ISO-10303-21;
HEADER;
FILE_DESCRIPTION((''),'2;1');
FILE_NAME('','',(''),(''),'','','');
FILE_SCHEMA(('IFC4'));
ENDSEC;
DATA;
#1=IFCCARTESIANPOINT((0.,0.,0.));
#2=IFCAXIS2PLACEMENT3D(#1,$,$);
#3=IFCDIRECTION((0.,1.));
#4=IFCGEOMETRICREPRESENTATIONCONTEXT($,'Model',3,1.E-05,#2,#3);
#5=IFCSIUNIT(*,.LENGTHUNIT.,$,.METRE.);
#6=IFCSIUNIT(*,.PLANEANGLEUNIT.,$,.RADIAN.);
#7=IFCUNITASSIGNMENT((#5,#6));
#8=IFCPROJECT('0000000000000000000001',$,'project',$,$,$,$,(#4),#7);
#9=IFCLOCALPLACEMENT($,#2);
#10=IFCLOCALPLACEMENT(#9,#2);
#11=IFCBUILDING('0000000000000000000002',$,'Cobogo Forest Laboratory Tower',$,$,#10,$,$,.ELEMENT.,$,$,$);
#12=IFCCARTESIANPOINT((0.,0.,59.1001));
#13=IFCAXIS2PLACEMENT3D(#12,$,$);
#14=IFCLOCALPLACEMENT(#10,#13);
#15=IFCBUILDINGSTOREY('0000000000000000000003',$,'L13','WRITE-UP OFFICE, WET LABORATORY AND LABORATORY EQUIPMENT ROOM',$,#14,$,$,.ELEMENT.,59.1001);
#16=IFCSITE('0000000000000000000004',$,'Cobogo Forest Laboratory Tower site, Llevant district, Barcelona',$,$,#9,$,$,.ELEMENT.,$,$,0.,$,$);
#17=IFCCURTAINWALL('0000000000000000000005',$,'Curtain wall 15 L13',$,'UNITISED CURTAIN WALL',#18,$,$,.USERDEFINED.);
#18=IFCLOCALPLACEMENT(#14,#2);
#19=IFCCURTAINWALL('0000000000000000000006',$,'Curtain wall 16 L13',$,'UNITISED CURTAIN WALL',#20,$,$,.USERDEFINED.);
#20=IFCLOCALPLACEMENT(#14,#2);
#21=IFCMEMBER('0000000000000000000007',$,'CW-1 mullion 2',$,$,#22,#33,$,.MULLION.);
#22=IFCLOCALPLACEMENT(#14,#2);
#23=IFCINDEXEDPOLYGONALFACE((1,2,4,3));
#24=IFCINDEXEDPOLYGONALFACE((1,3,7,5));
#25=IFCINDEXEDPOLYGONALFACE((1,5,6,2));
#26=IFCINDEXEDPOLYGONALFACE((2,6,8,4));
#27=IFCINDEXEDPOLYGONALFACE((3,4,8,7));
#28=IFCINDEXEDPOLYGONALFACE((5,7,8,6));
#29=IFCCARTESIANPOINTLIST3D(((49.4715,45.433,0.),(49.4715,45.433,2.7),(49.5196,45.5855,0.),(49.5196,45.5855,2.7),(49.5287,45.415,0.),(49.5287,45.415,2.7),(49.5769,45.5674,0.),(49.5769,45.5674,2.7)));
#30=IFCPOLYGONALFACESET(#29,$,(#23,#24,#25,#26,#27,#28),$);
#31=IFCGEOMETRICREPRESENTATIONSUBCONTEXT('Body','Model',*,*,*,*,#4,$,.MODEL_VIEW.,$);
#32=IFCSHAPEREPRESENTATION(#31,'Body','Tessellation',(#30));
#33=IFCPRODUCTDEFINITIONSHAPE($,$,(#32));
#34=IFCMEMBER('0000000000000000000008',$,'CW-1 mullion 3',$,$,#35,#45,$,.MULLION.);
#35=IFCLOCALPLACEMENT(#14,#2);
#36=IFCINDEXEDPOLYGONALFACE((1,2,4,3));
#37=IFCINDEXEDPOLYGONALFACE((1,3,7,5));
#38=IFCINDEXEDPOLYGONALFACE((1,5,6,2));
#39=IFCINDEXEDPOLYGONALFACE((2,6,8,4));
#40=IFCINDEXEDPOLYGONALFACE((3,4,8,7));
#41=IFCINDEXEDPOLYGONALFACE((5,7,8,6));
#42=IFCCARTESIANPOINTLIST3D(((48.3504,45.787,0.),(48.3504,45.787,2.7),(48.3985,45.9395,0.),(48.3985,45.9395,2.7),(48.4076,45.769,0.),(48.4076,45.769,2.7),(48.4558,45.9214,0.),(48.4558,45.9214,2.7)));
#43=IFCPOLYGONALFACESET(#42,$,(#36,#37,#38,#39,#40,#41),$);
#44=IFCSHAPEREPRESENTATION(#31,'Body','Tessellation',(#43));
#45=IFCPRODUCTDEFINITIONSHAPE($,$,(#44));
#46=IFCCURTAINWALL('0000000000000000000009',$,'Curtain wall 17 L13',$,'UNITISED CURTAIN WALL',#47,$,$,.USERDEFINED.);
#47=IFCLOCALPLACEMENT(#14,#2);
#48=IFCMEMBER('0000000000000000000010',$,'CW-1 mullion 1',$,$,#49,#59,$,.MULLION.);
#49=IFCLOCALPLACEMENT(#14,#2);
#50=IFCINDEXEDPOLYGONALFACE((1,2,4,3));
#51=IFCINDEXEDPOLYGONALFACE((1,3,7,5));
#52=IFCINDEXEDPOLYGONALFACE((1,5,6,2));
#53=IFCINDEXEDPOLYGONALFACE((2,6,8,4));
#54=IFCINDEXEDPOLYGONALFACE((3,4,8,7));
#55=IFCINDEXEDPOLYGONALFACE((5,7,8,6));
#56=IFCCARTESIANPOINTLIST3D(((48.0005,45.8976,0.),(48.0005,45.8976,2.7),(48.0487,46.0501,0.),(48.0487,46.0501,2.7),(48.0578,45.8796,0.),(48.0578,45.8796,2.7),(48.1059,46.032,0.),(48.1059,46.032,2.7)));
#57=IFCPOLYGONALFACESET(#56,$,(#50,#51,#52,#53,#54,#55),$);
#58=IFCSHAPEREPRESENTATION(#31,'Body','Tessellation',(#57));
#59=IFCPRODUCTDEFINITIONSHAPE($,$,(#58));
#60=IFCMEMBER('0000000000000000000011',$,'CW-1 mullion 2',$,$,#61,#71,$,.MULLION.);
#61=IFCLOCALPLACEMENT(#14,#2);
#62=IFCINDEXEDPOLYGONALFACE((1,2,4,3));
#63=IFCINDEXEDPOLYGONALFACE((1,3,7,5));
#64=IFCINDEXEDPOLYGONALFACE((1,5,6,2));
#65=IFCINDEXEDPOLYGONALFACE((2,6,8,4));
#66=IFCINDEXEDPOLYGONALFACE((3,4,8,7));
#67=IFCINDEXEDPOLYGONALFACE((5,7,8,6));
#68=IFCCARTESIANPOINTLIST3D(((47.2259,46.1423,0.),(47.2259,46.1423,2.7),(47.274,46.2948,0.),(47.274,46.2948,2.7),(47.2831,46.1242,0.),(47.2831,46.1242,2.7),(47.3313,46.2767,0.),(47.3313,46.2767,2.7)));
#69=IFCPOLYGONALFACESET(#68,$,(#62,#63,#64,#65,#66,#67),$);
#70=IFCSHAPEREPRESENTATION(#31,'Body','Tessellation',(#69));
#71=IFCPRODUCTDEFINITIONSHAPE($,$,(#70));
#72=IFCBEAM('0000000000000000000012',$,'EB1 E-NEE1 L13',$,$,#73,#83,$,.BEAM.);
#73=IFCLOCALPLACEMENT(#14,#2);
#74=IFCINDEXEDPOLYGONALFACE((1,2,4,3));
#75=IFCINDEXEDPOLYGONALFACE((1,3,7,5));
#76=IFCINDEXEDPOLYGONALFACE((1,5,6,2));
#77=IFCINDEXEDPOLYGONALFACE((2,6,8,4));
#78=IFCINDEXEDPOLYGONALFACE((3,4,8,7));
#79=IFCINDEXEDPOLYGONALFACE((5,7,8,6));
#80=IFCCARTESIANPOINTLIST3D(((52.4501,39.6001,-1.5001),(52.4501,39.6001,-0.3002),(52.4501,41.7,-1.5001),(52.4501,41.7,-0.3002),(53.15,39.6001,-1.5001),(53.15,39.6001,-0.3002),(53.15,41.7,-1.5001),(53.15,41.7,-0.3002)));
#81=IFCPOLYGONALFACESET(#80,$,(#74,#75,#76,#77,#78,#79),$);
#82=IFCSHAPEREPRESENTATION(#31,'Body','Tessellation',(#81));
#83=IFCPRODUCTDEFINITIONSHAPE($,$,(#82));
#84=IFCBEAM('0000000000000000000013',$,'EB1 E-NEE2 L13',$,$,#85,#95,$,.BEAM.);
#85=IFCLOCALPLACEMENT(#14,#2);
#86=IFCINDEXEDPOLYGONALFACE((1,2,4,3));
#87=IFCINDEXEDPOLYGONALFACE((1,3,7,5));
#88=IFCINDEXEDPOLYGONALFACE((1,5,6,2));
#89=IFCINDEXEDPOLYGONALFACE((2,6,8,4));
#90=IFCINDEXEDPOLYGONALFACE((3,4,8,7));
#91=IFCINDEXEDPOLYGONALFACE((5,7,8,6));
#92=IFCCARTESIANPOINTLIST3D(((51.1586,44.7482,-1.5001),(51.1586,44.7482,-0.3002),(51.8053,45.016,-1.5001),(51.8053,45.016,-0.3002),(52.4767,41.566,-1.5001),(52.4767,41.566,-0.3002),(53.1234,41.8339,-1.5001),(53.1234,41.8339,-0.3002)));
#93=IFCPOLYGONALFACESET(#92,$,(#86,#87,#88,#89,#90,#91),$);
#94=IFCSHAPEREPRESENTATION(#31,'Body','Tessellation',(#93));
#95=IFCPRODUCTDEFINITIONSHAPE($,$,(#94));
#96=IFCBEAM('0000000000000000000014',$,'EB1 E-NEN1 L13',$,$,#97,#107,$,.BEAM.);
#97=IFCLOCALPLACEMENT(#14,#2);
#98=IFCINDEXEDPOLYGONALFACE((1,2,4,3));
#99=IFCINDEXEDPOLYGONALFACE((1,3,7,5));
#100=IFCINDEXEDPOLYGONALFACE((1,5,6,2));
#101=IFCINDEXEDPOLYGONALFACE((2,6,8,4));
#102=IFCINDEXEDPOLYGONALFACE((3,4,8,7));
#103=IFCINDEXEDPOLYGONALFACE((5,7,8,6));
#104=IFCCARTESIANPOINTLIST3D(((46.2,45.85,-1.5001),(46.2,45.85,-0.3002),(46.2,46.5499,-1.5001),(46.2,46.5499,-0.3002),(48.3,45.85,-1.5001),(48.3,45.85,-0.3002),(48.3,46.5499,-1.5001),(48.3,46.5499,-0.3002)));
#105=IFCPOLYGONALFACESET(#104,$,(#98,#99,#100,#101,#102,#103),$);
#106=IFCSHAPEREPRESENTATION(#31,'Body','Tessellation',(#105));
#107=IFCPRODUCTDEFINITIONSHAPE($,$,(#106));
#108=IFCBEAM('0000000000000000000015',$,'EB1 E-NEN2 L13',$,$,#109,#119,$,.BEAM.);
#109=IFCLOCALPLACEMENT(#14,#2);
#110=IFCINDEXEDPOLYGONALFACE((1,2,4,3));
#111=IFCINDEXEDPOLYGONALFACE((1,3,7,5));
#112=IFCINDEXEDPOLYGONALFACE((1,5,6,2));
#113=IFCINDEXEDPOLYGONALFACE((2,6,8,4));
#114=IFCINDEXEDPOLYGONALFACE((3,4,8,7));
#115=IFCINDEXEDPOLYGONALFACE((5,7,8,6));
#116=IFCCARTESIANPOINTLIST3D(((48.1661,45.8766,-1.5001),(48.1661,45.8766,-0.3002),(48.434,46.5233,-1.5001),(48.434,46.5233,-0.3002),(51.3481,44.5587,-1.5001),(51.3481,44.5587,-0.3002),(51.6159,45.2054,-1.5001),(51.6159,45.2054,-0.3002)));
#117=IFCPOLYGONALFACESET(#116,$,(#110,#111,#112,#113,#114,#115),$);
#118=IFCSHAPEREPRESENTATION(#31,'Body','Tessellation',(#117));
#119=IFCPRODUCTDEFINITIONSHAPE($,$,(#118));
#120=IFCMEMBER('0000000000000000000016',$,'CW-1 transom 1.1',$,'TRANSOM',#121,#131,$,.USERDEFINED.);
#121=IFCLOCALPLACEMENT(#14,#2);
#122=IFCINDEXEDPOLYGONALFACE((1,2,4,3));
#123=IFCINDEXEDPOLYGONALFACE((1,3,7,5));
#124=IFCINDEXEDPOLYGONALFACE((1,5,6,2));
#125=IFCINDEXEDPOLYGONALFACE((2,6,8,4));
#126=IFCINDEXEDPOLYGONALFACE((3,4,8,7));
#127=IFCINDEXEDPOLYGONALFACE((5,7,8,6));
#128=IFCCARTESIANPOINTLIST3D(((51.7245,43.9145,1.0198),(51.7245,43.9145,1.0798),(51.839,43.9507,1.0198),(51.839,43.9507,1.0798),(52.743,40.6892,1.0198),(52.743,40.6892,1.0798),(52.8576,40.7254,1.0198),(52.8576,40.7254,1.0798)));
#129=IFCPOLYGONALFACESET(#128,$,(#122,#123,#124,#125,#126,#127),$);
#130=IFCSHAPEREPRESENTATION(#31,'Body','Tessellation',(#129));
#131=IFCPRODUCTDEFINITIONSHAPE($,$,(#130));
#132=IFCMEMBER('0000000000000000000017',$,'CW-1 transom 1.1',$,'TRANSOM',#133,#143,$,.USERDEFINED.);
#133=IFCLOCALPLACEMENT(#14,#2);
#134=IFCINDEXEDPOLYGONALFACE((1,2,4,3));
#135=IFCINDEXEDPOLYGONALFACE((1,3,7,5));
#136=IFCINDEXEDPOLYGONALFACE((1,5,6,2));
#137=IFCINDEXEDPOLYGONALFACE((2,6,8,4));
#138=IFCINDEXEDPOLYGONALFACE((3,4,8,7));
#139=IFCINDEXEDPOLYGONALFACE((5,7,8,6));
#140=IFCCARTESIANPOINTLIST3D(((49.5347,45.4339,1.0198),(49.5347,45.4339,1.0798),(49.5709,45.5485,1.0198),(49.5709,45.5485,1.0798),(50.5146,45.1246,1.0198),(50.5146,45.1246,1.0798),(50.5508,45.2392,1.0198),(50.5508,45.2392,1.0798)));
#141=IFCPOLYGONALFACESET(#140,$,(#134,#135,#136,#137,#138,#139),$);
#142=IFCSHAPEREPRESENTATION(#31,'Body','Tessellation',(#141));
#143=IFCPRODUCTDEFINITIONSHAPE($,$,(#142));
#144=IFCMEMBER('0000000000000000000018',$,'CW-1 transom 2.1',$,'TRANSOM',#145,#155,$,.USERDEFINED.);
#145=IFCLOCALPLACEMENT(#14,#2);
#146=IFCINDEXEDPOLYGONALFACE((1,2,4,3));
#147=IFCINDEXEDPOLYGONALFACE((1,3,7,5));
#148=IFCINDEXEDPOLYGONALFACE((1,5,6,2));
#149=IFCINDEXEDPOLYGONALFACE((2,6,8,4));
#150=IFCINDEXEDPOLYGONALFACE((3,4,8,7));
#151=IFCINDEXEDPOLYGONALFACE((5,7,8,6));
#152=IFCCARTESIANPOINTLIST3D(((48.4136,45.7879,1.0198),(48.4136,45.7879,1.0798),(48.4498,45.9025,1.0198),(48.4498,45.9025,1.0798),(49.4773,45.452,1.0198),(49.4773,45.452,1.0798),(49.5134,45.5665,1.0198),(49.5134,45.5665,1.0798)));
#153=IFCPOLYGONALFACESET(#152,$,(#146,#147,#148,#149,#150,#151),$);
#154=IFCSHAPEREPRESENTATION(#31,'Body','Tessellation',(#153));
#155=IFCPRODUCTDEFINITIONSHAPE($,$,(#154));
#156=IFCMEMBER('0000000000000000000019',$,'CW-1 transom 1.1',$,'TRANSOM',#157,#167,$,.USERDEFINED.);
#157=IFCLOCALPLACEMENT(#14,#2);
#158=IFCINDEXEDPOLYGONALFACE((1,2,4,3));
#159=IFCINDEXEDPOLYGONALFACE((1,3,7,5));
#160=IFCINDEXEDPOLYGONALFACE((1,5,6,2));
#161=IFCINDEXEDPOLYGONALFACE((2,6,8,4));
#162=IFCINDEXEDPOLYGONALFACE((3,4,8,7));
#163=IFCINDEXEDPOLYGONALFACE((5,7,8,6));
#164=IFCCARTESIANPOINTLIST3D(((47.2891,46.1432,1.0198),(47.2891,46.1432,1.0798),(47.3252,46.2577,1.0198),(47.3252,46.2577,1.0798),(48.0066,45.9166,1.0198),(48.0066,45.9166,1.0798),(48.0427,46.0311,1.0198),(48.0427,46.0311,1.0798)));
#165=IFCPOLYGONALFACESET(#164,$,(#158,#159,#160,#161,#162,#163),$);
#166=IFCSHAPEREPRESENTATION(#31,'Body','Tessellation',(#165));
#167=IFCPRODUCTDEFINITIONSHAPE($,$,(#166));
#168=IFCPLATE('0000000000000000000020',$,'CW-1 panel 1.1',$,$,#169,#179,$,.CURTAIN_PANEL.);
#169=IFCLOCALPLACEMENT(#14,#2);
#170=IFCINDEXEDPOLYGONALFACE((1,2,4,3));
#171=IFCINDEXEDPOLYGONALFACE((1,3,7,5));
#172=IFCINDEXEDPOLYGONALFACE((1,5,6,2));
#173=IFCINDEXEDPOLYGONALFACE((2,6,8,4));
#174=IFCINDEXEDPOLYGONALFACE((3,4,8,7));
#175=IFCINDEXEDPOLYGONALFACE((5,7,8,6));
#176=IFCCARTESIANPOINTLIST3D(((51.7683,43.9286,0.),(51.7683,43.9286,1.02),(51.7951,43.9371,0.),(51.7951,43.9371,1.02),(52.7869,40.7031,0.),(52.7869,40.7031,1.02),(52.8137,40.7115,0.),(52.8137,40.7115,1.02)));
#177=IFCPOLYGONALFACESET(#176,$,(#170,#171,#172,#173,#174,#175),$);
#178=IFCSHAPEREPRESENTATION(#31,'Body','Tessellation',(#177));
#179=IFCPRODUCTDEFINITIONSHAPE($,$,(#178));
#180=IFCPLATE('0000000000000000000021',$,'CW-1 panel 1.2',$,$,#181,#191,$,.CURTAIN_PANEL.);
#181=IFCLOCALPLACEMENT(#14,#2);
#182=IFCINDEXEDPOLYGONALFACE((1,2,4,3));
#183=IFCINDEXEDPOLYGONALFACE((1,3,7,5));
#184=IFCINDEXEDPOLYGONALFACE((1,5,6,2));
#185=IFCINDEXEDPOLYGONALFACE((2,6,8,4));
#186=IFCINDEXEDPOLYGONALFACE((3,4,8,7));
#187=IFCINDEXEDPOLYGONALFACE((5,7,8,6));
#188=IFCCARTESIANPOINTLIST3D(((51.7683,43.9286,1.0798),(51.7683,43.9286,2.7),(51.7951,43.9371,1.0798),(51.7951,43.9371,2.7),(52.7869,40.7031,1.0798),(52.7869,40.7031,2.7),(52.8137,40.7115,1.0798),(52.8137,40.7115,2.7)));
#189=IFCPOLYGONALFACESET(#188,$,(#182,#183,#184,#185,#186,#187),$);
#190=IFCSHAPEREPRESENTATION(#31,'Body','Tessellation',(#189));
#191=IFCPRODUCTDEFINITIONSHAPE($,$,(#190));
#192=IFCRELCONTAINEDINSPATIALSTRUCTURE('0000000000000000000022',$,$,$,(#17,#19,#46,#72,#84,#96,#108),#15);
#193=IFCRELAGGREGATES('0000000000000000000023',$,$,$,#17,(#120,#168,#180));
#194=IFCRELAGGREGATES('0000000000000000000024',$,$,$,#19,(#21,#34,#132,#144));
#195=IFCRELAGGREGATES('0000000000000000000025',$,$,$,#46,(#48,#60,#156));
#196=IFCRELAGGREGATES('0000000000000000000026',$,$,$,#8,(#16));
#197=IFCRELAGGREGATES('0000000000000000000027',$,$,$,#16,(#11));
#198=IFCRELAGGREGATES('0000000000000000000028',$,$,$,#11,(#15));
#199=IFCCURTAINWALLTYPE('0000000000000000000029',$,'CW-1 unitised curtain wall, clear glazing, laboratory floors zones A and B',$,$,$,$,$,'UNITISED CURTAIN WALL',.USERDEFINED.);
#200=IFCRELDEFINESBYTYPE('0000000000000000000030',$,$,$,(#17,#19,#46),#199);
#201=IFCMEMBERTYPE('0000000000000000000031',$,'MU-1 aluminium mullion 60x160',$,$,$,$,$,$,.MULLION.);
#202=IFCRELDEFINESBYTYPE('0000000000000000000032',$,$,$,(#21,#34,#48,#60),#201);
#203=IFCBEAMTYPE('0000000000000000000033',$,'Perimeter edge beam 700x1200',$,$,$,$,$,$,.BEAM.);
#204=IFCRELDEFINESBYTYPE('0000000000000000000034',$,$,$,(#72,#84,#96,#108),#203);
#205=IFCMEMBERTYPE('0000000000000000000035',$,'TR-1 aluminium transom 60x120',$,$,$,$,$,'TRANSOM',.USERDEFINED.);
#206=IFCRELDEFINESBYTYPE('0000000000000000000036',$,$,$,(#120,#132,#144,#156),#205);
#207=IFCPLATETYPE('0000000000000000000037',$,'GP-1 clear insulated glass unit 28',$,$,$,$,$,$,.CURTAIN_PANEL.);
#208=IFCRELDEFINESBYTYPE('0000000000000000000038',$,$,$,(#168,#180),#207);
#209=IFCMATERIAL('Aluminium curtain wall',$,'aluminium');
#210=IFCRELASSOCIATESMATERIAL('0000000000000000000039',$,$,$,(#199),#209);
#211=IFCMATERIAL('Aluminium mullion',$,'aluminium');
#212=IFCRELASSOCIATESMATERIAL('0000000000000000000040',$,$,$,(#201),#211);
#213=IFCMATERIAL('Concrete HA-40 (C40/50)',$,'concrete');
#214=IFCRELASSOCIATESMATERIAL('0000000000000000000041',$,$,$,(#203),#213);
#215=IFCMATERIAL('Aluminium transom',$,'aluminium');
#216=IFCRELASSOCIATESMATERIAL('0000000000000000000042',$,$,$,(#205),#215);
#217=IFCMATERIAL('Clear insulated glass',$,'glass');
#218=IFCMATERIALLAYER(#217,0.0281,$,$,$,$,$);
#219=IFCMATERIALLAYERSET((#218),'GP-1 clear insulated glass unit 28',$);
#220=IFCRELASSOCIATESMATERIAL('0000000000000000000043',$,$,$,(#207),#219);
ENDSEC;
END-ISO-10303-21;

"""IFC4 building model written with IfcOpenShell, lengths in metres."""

from ifc_helpers import new_model, si_unit, direction, frame, origin, origin_2d, place, context, subcontext, project, spatial, rectangle, extrude, material, layer, layer_set, material_profile, profile_set, type_object, element, aggregate, save


model = new_model("IFC4")

# Units and contexts
model_context = context("Model", 3, precision=1e-05, world=origin(), true_north=direction((0.0, 1.0)))
body_context = subcontext(model_context, "Body", "Model", "MODEL_VIEW")
ifc_project = project(units=[si_unit("LENGTHUNIT", "METRE"), si_unit("PLANEANGLEUNIT", "RADIAN")], contexts=[model_context])

# Site, building, storey
site_placement = place(None, origin())
site = spatial("IfcSite", under=ifc_project, at=site_placement, Name="Cobogo Forest Laboratory Tower site, Llevant district, Barcelona", CompositionType="ELEMENT", RefElevation=0.0)
building_placement = place(site_placement, origin())
building = spatial("IfcBuilding", under=site, at=building_placement, Name="Cobogo Forest Laboratory Tower", CompositionType="ELEMENT")
storey_placement = place(building_placement, frame((0.0, 0.0, 59.1001)))
storey = spatial("IfcBuildingStorey", under=building, at=storey_placement, Name="L13", Description="WRITE-UP OFFICE, WET LABORATORY AND LABORATORY EQUIPMENT ROOM", CompositionType="ELEMENT", Elevation=59.1001)

# Curtain walls, members
ifc_material_1 = material(Name="Aluminium curtain wall", Category="aluminium")
curtain_wall_type = type_object("IfcCurtainWallType", Name="CW-1 unitised curtain wall, clear glazing, laboratory floors zones A and B", ElementType="UNITISED CURTAIN WALL", PredefinedType="USERDEFINED", material=ifc_material_1)
curtain_wall_1_placement = place(storey_placement, origin())
curtain_wall_1 = element("IfcCurtainWall", 1, at=curtain_wall_1_placement, inside=storey, type_object=curtain_wall_type, Name="Curtain wall 15 L13", ObjectType="UNITISED CURTAIN WALL", PredefinedType="USERDEFINED")
ifc_material_2 = material(Name="Aluminium mullion", Category="aluminium")
ifc_material_profile_1 = material_profile(ifc_material_2, rectangle(XDim=0.0601, YDim=0.1599, at=origin_2d()), Name="AL 60x160")
ifc_profile_set_1 = profile_set([ifc_material_profile_1], Name="Aluminium mullion")
member_type_1 = type_object("IfcMemberType", Name="MU-1 aluminium mullion 60x160", PredefinedType="MULLION", material=ifc_profile_set_1)
curtain_wall_2_placement = place(storey_placement, origin())
curtain_wall_2 = element("IfcCurtainWall", 2, at=curtain_wall_2_placement, inside=storey, type_object=curtain_wall_type, Name="Curtain wall 16 L13", ObjectType="UNITISED CURTAIN WALL", PredefinedType="USERDEFINED")
member_1_placement = place(storey_placement, frame((49.5242, 45.5002, 0.0), z_axis=(0.0, 0.0, 1.0), x_axis=(-0.953581, 0.301135, 0.0)))
member_1 = element("IfcMember", 3, at=member_1_placement, type_object=member_type_1, Name="CW-1 mullion 2", PredefinedType="MULLION", context=body_context, shape_type="SweptSolid", body=[
    extrude(rectangle(XDim=0.0601, YDim=0.1599, at=origin_2d()), origin(), (0.0, 0.0, 1.0), 2.7),
])
member_2_placement = place(storey_placement, frame((48.4031, 45.8542, 0.0), z_axis=(0.0, 0.0, 1.0), x_axis=(-0.953581, 0.301135, 0.0)))
member_2 = element("IfcMember", 4, at=member_2_placement, type_object=member_type_1, Name="CW-1 mullion 3", PredefinedType="MULLION", context=body_context, shape_type="SweptSolid", body=[
    extrude(rectangle(XDim=0.0601, YDim=0.1599, at=origin_2d()), origin(), (0.0, 0.0, 1.0), 2.7),
])
curtain_wall_3_placement = place(storey_placement, origin())
curtain_wall_3 = element("IfcCurtainWall", 5, at=curtain_wall_3_placement, inside=storey, type_object=curtain_wall_type, Name="Curtain wall 17 L13", ObjectType="UNITISED CURTAIN WALL", PredefinedType="USERDEFINED")
member_3_placement = place(storey_placement, frame((48.0532, 45.9648, 0.0), z_axis=(0.0, 0.0, 1.0), x_axis=(-0.953582, 0.301135, 0.0)))
member_3 = element("IfcMember", 6, at=member_3_placement, type_object=member_type_1, Name="CW-1 mullion 1", PredefinedType="MULLION", context=body_context, shape_type="SweptSolid", body=[
    extrude(rectangle(XDim=0.0601, YDim=0.1599, at=origin_2d()), origin(), (0.0, 0.0, 1.0), 2.7),
])
member_4_placement = place(storey_placement, frame((47.2786, 46.2095, 0.0), z_axis=(0.0, 0.0, 1.0), x_axis=(-0.953582, 0.301135, 0.0)))
member_4 = element("IfcMember", 7, at=member_4_placement, type_object=member_type_1, Name="CW-1 mullion 2", PredefinedType="MULLION", context=body_context, shape_type="SweptSolid", body=[
    extrude(rectangle(XDim=0.0601, YDim=0.1599, at=origin_2d()), origin(), (0.0, 0.0, 1.0), 2.7),
])

# Beams
ifc_material_3 = material(Name="Concrete HA-40 (C40/50)", Category="concrete")
ifc_material_profile_2 = material_profile(ifc_material_3, rectangle(XDim=0.7, YDim=1.2, at=origin_2d()), Name="RC 700x1200")
ifc_profile_set_2 = profile_set([ifc_material_profile_2], Name="Concrete HA-40 (C40/50)")
beam_type_1 = type_object("IfcBeamType", Name="Perimeter edge beam 700x1200", PredefinedType="BEAM", material=ifc_profile_set_2)
beam_1_placement = place(storey_placement, frame((52.8, 39.6001, -0.9001), z_axis=(0.0, 1.0, 0.0), x_axis=(-1.0, 0.0, 0.0)))
element("IfcBeam", 8, at=beam_1_placement, inside=storey, type_object=beam_type_1, Name="EB1 E-NEE1 L13", PredefinedType="BEAM", context=body_context, shape_type="SweptSolid", body=[
    extrude(rectangle(XDim=0.7, YDim=1.2, at=origin_2d()), origin(), (0.0, 0.0, 1.0), 2.0999),
])
beam_2_placement = place(storey_placement, frame((52.8, 41.7, -0.9001), z_axis=(-0.382692, 0.923876, 0.0), x_axis=(-0.923876, -0.382692, 0.0)))
element("IfcBeam", 9, at=beam_2_placement, inside=storey, type_object=beam_type_1, Name="EB1 E-NEE2 L13", PredefinedType="BEAM", context=body_context, shape_type="SweptSolid", body=[
    extrude(rectangle(XDim=0.7, YDim=1.2, at=origin_2d()), origin(), (0.0, 0.0, 1.0), 3.4443),
])
beam_3_placement = place(storey_placement, frame((46.2, 46.2, -0.9001), z_axis=(1.0, 0.0, 0.0), x_axis=(0.0, 1.0, 0.0)))
element("IfcBeam", 10, at=beam_3_placement, inside=storey, type_object=beam_type_1, Name="EB1 E-NEN1 L13", PredefinedType="BEAM", context=body_context, shape_type="SweptSolid", body=[
    extrude(rectangle(XDim=0.7, YDim=1.2, at=origin_2d()), origin(), (0.0, 0.0, 1.0), 2.1001),
])
beam_4_placement = place(storey_placement, frame((48.3, 46.2, -0.9001), z_axis=(0.923891, -0.382656, 0.0), x_axis=(0.382656, 0.923891, 0.0)))
element("IfcBeam", 11, at=beam_4_placement, inside=storey, type_object=beam_type_1, Name="EB1 E-NEN2 L13", PredefinedType="BEAM", context=body_context, shape_type="SweptSolid", body=[
    extrude(rectangle(XDim=0.7, YDim=1.2, at=origin_2d()), origin(), (0.0, 0.0, 1.0), 3.4441),
])

# Members
ifc_material_4 = material(Name="Aluminium transom", Category="aluminium")
ifc_material_profile_3 = material_profile(ifc_material_4, rectangle(XDim=0.1201, YDim=0.0601, at=origin_2d()), Name="AL 60x120")
ifc_profile_set_3 = profile_set([ifc_material_profile_3], Name="Aluminium transom")
member_type_2 = type_object("IfcMemberType", Name="TR-1 aluminium transom 60x120", ElementType="TRANSOM", PredefinedType="USERDEFINED", material=ifc_profile_set_3)
member_5_placement = place(storey_placement, frame((52.8003, 40.7073, 1.0498), z_axis=(-0.301138, 0.95358, 0.0), x_axis=(-0.95358, -0.301138, 0.0)))
member_5 = element("IfcMember", 12, at=member_5_placement, type_object=member_type_2, Name="CW-1 transom 1.1", ObjectType="TRANSOM", PredefinedType="USERDEFINED", context=body_context, shape_type="SweptSolid", body=[
    extrude(rectangle(XDim=0.1201, YDim=0.0601, at=origin_2d()), origin(), (0.0, 0.0, 1.0), 3.3823),
])
member_6_placement = place(storey_placement, frame((50.5327, 45.1819, 1.0498), z_axis=(-0.953622, 0.301006, 0.0), x_axis=(-0.301006, -0.953622, 0.0)))
member_6 = element("IfcMember", 13, at=member_6_placement, type_object=member_type_2, Name="CW-1 transom 1.1", ObjectType="TRANSOM", PredefinedType="USERDEFINED", context=body_context, shape_type="SweptSolid", body=[
    extrude(rectangle(XDim=0.1201, YDim=0.0601, at=origin_2d()), origin(), (0.0, 0.0, 1.0), 1.0276),
])
member_7_placement = place(storey_placement, frame((49.4954, 45.5093, 1.0498), z_axis=(-0.953576, 0.301152, 0.0), x_axis=(-0.301152, -0.953576, 0.0)))
member_7 = element("IfcMember", 14, at=member_7_placement, type_object=member_type_2, Name="CW-1 transom 2.1", ObjectType="TRANSOM", PredefinedType="USERDEFINED", context=body_context, shape_type="SweptSolid", body=[
    extrude(rectangle(XDim=0.1201, YDim=0.0601, at=origin_2d()), origin(), (0.0, 0.0, 1.0), 1.1155),
])
member_8_placement = place(storey_placement, frame((48.0247, 45.9739, 1.0498), z_axis=(-0.953592, 0.3011, 0.0), x_axis=(-0.3011, -0.953592, 0.0)))
member_8 = element("IfcMember", 15, at=member_8_placement, type_object=member_type_2, Name="CW-1 transom 1.1", ObjectType="TRANSOM", PredefinedType="USERDEFINED", context=body_context, shape_type="SweptSolid", body=[
    extrude(rectangle(XDim=0.1201, YDim=0.0601, at=origin_2d()), origin(), (0.0, 0.0, 1.0), 0.7524),
])

# Plates
ifc_material_5 = material(Name="Clear insulated glass", Category="glass")
ifc_layer_1 = layer(ifc_material_5, 0.0281)
ifc_layer_set_1 = layer_set([ifc_layer_1], Name="GP-1 clear insulated glass unit 28")
plate_type = type_object("IfcPlateType", Name="GP-1 clear insulated glass unit 28", PredefinedType="CURTAIN_PANEL", material=ifc_layer_set_1)
plate_1_placement = place(storey_placement, frame((52.291, 42.3201, 0.0), z_axis=(0.0, 0.0, 1.0), x_axis=(-0.301135, 0.953581, 0.0)))
plate_1 = element("IfcPlate", 16, at=plate_1_placement, type_object=plate_type, Name="CW-1 panel 1.1", PredefinedType="CURTAIN_PANEL", context=body_context, shape_type="SweptSolid", body=[
    extrude(rectangle(XDim=3.3826, YDim=0.0281, at=origin_2d()), origin(), (0.0, 0.0, 1.0), 1.02),
])
plate_2_placement = place(storey_placement, frame((52.291, 42.3201, 1.0798), z_axis=(0.0, 0.0, 1.0), x_axis=(-0.301135, 0.953581, 0.0)))
plate_2 = element("IfcPlate", 17, at=plate_2_placement, type_object=plate_type, Name="CW-1 panel 1.2", PredefinedType="CURTAIN_PANEL", context=body_context, shape_type="SweptSolid", body=[
    extrude(rectangle(XDim=3.3826, YDim=0.0281, at=origin_2d()), origin(), (0.0, 0.0, 1.0), 1.6201),
])
aggregate(curtain_wall_1, [member_5, plate_1, plate_2])
aggregate(curtain_wall_2, [member_1, member_2, member_6, member_7])
aggregate(curtain_wall_3, [member_3, member_4, member_8])

save(model, "model.ifc")
